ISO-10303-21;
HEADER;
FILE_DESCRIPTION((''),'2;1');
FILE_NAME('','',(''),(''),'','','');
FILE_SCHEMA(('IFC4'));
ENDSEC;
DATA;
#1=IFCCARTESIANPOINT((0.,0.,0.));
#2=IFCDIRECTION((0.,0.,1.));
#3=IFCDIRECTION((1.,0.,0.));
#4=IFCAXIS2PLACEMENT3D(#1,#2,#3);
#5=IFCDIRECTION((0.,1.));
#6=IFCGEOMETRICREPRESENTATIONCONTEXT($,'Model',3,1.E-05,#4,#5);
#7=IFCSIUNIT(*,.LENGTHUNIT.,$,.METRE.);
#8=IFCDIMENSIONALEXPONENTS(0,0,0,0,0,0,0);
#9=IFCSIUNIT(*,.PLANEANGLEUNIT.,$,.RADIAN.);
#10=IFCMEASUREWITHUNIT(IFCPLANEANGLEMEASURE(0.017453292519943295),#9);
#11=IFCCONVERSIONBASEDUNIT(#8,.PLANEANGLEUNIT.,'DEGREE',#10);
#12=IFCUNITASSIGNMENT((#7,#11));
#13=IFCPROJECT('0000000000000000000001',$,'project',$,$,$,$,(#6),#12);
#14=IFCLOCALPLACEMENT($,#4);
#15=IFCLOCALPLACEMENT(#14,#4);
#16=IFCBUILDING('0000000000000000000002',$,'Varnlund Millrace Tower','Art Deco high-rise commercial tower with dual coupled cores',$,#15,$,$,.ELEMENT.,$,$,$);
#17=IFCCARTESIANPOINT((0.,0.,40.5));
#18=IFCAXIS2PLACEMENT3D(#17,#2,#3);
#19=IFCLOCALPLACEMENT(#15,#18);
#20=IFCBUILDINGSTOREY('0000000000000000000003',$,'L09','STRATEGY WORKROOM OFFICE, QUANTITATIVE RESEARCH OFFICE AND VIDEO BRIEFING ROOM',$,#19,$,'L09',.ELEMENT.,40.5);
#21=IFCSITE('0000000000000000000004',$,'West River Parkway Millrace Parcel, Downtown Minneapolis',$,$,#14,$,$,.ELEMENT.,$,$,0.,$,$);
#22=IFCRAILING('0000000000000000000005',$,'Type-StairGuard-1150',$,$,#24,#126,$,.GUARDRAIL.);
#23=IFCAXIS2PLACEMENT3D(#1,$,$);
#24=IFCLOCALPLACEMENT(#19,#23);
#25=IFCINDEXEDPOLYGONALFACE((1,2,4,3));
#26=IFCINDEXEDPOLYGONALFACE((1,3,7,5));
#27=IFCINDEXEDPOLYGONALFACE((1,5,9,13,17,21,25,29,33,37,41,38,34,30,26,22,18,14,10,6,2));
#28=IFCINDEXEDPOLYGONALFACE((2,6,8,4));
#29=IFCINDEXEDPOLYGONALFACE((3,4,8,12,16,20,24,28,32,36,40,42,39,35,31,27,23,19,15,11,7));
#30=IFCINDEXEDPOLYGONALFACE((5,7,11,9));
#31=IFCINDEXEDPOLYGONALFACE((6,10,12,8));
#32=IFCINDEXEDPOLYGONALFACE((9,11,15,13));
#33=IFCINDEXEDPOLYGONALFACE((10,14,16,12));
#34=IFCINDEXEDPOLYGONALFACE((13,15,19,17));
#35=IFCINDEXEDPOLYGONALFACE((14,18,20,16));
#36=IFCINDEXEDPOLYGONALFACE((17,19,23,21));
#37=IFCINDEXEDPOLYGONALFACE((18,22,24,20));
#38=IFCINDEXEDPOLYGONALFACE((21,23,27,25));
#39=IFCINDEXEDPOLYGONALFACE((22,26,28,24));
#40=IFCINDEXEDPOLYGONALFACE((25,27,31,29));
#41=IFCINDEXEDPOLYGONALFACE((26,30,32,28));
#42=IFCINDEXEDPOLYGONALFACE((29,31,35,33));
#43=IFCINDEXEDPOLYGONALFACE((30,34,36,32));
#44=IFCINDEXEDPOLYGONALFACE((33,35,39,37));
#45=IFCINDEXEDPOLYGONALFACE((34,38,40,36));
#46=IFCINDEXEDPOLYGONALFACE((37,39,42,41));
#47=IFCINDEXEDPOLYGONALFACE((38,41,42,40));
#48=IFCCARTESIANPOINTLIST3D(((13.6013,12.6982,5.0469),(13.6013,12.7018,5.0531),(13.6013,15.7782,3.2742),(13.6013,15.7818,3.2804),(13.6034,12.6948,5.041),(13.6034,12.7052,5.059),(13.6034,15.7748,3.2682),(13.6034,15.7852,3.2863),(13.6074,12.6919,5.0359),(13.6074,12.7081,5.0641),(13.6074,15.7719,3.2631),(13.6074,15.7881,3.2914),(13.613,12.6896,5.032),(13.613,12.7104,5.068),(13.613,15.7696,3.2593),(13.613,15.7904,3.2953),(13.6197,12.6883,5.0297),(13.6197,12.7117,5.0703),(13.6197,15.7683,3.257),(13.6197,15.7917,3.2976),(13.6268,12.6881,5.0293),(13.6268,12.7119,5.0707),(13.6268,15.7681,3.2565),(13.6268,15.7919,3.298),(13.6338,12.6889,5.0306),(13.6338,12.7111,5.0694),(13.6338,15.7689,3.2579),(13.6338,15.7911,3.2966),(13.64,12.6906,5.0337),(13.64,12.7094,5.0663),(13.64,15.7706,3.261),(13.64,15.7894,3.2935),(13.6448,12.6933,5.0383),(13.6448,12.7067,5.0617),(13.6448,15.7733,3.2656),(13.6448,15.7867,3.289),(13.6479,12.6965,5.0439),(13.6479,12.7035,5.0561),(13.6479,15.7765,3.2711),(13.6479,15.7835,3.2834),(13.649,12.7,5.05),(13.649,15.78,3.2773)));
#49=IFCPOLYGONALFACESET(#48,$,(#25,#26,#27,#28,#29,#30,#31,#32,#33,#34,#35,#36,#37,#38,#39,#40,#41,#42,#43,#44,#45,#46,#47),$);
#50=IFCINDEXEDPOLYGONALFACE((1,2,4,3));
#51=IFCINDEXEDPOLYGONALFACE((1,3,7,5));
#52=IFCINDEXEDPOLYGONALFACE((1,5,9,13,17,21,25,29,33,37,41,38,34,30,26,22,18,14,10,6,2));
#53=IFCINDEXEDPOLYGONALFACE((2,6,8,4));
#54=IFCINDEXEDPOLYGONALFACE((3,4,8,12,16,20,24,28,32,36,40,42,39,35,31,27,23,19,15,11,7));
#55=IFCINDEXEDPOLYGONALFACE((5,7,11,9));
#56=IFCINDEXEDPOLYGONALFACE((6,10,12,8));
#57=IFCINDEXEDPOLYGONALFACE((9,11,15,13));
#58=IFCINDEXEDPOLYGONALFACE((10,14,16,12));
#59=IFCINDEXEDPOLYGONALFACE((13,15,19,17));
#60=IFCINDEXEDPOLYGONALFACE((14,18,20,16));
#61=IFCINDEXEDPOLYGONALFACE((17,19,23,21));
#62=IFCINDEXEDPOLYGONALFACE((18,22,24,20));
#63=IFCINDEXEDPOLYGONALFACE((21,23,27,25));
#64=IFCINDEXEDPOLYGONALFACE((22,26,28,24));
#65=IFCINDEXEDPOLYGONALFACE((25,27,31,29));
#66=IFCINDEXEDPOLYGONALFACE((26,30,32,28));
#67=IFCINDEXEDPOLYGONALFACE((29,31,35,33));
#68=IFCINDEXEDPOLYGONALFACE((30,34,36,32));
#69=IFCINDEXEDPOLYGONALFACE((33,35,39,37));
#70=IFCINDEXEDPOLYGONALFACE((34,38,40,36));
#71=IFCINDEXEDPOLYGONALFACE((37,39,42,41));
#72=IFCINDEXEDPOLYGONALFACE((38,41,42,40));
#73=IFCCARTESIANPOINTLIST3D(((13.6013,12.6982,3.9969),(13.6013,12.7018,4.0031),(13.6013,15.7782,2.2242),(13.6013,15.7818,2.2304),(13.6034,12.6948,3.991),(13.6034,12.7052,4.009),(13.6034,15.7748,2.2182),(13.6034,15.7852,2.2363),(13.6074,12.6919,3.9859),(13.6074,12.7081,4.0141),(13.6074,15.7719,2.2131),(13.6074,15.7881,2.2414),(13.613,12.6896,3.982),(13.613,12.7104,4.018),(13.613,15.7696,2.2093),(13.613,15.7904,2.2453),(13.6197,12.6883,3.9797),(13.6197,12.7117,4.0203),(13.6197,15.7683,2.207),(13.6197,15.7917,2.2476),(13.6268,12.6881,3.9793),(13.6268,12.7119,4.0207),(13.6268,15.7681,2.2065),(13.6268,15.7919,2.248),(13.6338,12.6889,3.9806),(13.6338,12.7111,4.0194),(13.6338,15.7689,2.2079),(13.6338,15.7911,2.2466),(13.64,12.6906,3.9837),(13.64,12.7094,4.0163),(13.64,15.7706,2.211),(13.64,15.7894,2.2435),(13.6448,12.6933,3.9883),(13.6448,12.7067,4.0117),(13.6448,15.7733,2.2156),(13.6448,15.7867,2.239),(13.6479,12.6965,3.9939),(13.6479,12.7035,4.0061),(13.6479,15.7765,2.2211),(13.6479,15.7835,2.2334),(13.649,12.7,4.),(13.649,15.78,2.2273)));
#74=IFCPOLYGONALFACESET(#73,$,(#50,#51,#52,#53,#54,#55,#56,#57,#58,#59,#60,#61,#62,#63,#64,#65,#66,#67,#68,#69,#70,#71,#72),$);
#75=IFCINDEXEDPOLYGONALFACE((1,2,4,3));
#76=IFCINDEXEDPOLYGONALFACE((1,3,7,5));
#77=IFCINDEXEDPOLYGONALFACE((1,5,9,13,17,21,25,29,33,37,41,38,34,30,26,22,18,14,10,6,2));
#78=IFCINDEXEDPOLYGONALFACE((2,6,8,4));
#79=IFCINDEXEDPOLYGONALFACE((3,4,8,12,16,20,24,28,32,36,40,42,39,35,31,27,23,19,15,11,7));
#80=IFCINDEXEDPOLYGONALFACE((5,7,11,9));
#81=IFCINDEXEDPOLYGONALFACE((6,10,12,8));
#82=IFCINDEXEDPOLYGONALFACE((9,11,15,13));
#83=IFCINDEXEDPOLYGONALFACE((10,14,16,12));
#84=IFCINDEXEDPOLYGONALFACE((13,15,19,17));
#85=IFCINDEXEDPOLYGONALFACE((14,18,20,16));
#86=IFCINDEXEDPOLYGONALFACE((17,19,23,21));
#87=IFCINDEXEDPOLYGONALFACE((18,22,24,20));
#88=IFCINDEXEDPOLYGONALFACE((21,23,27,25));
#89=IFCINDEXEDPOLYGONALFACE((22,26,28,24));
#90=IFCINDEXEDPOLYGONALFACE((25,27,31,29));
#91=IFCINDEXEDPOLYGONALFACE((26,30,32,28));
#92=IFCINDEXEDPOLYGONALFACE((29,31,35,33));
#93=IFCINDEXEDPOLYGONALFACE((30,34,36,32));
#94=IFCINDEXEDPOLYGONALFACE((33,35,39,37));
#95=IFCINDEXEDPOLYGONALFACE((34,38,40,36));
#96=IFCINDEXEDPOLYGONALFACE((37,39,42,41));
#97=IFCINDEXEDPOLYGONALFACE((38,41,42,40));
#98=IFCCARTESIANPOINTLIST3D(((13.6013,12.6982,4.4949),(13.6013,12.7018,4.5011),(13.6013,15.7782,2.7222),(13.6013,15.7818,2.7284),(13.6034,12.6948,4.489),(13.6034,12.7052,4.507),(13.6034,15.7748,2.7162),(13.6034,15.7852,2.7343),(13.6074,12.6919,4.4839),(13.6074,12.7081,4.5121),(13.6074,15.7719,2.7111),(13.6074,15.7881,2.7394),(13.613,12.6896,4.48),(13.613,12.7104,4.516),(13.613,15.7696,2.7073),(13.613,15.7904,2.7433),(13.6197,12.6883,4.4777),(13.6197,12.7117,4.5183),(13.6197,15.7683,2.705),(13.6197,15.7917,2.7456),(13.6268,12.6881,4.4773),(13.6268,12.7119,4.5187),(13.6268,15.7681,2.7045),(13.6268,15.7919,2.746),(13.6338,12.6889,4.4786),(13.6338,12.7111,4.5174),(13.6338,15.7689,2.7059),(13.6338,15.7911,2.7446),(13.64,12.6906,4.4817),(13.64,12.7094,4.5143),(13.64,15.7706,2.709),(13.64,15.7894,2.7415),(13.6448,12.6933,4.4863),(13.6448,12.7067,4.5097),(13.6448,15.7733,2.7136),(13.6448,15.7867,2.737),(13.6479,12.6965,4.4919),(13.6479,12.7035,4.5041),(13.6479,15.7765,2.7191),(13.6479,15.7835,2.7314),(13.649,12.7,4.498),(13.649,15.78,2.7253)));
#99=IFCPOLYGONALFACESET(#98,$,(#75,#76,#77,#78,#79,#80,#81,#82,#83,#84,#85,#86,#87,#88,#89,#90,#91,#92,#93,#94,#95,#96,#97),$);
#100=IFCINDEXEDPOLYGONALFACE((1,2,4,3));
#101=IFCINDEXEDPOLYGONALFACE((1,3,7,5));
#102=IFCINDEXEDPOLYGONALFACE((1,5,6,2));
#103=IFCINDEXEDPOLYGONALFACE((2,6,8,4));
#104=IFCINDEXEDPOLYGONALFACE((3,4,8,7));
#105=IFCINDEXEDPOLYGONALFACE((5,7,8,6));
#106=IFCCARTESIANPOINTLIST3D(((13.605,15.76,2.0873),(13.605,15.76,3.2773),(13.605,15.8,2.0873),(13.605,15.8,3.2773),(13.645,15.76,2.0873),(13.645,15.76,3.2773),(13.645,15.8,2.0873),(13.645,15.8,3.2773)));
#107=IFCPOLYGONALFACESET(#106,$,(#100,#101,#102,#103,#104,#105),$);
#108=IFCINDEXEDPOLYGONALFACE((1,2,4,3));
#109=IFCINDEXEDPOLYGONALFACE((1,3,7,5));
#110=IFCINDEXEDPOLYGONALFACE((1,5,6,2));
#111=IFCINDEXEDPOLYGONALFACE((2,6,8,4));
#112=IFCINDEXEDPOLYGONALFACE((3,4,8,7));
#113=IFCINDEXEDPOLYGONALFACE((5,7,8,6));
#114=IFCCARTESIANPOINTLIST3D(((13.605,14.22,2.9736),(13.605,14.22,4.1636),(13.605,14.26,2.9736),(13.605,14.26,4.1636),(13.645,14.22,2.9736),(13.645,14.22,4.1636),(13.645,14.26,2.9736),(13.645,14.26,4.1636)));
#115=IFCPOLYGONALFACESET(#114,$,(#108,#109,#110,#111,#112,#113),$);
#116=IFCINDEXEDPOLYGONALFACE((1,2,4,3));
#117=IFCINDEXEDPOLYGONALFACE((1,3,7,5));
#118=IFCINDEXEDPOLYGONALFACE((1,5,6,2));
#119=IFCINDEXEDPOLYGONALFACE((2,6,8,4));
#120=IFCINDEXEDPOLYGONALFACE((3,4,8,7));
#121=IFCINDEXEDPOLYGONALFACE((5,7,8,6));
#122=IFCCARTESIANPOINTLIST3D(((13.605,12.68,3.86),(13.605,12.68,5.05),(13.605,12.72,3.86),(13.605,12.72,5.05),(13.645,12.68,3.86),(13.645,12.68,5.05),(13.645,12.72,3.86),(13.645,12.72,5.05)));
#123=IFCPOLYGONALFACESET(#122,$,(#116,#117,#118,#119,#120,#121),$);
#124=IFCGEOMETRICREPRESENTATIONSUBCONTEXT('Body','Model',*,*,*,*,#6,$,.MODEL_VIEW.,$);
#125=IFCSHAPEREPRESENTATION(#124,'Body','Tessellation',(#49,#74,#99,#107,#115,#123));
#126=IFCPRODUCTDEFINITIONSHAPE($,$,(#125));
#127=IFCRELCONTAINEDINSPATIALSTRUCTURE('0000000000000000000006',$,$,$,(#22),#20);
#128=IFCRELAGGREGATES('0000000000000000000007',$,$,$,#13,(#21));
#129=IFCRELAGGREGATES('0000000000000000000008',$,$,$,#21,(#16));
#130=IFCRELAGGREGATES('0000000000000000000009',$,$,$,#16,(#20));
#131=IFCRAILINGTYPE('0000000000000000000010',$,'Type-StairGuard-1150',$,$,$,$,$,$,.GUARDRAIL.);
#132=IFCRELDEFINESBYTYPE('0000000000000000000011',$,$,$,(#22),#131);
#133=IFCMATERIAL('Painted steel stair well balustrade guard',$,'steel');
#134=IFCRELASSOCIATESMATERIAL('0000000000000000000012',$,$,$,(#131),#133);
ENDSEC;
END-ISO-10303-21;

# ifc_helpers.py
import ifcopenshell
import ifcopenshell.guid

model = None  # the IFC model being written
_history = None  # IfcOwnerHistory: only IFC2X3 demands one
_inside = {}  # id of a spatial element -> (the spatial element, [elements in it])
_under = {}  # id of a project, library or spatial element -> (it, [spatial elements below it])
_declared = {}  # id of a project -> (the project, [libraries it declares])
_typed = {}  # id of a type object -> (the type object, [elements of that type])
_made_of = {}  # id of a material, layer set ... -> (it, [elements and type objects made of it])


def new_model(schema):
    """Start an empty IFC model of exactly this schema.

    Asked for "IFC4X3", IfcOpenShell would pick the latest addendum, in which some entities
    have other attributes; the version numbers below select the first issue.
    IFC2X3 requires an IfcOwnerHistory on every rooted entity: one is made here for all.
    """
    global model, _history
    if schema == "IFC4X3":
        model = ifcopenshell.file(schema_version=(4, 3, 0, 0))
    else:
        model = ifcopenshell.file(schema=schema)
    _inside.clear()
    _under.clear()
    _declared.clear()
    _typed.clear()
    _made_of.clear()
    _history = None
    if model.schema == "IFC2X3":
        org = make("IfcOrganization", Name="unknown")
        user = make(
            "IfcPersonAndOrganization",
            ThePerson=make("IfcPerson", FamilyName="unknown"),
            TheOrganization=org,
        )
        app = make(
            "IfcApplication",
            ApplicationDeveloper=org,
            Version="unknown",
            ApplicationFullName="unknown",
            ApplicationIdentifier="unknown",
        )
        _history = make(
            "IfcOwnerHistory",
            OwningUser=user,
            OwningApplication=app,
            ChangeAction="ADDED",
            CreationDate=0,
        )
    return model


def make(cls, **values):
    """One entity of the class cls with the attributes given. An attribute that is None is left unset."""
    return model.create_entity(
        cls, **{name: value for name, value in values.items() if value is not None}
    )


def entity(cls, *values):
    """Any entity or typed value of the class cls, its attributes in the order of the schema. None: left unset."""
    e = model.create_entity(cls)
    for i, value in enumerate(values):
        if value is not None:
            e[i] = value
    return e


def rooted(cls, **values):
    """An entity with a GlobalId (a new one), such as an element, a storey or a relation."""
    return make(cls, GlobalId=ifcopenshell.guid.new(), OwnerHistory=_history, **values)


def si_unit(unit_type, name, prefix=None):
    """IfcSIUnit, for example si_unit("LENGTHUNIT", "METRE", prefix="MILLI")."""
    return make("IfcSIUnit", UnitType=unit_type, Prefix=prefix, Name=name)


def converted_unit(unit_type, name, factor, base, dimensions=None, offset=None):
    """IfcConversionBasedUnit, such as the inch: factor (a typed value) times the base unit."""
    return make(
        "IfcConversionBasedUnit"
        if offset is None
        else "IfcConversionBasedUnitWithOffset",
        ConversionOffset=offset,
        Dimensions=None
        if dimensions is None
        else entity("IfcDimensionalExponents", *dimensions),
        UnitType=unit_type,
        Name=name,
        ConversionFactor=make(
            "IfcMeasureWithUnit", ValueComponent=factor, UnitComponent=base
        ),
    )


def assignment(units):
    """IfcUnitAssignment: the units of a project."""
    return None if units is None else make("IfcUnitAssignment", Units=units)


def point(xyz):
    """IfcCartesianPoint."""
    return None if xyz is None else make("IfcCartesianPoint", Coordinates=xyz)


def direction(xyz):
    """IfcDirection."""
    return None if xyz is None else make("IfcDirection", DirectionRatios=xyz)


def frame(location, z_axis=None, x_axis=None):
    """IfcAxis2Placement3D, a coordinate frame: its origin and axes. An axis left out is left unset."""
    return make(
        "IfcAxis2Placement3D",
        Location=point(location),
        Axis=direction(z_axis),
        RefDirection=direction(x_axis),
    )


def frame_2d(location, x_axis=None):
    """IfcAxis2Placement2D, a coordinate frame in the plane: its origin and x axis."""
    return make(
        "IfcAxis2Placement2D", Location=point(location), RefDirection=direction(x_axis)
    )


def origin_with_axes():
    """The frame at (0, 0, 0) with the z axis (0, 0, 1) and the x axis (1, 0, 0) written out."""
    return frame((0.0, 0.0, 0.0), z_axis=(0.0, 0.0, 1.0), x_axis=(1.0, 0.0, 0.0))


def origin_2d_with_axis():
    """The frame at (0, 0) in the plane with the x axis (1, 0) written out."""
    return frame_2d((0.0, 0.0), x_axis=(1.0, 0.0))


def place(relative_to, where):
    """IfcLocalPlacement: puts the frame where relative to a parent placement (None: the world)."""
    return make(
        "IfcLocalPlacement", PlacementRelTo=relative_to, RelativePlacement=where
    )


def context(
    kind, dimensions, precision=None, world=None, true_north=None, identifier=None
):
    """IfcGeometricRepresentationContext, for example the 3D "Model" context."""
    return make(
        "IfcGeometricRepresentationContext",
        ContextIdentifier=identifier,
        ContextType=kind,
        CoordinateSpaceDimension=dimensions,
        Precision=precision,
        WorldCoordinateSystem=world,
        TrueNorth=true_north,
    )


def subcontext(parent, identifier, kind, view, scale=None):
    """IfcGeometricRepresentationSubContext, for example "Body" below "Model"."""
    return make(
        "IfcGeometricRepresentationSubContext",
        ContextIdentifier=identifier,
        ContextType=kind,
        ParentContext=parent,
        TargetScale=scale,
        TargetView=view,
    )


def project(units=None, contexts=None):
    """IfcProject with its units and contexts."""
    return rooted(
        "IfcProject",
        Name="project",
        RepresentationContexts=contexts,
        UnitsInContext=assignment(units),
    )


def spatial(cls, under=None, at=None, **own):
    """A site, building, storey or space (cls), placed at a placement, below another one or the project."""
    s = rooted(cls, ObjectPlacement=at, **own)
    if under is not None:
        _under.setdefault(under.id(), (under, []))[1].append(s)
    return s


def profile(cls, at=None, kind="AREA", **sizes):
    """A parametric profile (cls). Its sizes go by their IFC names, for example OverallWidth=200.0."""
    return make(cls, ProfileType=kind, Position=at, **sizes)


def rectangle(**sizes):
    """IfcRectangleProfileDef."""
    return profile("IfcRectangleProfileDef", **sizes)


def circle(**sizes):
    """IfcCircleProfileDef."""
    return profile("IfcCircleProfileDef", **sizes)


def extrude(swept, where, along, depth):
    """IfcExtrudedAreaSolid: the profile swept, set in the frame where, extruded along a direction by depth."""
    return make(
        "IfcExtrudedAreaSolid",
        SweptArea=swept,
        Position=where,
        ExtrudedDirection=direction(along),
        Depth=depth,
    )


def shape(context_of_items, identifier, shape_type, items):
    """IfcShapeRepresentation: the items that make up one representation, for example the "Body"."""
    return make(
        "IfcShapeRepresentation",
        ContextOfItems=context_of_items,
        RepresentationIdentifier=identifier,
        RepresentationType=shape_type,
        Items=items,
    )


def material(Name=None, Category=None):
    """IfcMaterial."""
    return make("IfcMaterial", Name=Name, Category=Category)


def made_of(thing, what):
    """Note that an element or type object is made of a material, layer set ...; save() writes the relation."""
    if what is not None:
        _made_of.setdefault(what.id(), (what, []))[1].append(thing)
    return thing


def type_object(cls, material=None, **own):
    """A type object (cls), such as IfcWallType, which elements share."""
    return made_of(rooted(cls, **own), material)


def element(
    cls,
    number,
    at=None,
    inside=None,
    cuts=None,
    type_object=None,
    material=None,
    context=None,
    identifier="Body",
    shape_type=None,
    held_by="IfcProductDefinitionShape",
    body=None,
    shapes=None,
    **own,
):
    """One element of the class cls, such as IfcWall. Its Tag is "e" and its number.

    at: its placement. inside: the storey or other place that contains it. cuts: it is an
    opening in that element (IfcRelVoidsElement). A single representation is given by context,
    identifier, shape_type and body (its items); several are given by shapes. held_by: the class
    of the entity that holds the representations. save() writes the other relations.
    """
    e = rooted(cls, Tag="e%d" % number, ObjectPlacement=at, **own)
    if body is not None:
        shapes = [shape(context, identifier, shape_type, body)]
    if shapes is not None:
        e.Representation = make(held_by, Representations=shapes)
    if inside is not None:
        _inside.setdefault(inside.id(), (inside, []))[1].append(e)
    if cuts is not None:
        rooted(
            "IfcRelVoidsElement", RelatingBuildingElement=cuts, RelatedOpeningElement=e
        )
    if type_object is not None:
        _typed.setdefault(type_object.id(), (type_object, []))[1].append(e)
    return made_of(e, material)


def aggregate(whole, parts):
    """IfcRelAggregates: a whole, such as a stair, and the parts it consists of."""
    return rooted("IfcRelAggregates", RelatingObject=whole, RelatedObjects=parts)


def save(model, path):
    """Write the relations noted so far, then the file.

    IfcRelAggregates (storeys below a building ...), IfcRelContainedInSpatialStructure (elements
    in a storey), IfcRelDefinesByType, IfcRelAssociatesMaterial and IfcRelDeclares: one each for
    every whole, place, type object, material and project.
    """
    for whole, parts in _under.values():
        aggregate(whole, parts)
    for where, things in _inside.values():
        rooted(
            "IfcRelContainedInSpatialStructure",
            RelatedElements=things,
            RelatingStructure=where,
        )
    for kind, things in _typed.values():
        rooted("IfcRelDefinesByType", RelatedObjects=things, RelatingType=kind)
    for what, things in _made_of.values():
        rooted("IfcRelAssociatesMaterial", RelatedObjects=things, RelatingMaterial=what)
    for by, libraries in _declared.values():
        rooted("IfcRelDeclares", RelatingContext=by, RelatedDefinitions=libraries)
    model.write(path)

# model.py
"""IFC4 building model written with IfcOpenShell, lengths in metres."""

from ifc_helpers import new_model, entity, si_unit, converted_unit, direction, frame, origin_with_axes, origin_2d_with_axis, place, context, subcontext, project, spatial, rectangle, circle, extrude, material, type_object, element, save


model = new_model("IFC4")

# Units and contexts
model_context = context("Model", 3, precision=1e-05, world=origin_with_axes(), true_north=direction((0.0, 1.0)))
body_context = subcontext(model_context, "Body", "Model", "MODEL_VIEW")
ifc_project = project(units=[si_unit("LENGTHUNIT", "METRE"), converted_unit("PLANEANGLEUNIT", "DEGREE", entity("IfcPlaneAngleMeasure", 0.017453292519943295), si_unit("PLANEANGLEUNIT", "RADIAN"), dimensions=[0, 0, 0, 0, 0, 0, 0])], contexts=[model_context])

# Site, building, storey
site_placement = place(None, origin_with_axes())
site = spatial("IfcSite", under=ifc_project, at=site_placement, Name="West River Parkway Millrace Parcel, Downtown Minneapolis", CompositionType="ELEMENT", RefElevation=0.0)
building_placement = place(site_placement, origin_with_axes())
building = spatial("IfcBuilding", under=site, at=building_placement, Name="Varnlund Millrace Tower", Description="Art Deco high-rise commercial tower with dual coupled cores", CompositionType="ELEMENT")
storey_placement = place(building_placement, frame((0.0, 0.0, 40.5), z_axis=(0.0, 0.0, 1.0), x_axis=(1.0, 0.0, 0.0)))
storey = spatial("IfcBuildingStorey", under=building, at=storey_placement, Name="L09", Description="STRATEGY WORKROOM OFFICE, QUANTITATIVE RESEARCH OFFICE AND VIDEO BRIEFING ROOM", LongName="L09", CompositionType="ELEMENT", Elevation=40.5)

# Railing
ifc_material_1 = material(Name="Painted steel stair well balustrade guard", Category="steel")
railing_type_1 = type_object("IfcRailingType", Name="Type-StairGuard-1150", PredefinedType="GUARDRAIL", material=ifc_material_1)
railing_1_placement = place(storey_placement, frame((0.0, 0.0, -40.5), z_axis=(0.0, 0.0, 1.0), x_axis=(1.0, 0.0, 0.0)))
element("IfcRailing", 1, at=railing_1_placement, inside=storey, type_object=railing_type_1, Name="Type-StairGuard-1150", PredefinedType="GUARDRAIL", context=body_context, shape_type="SweptSolid", body=[
    extrude(circle(Radius=0.024, at=origin_2d_with_axis()), frame((13.625, 15.78, 43.7773), z_axis=(0.0, -0.866696, 0.498836), x_axis=(1.0, 0.0, 0.0)), (0.0, 0.0, 1.0), 3.5537),
    extrude(circle(Radius=0.024, at=origin_2d_with_axis()), frame((13.625, 15.78, 42.7273), z_axis=(0.0, -0.866696, 0.498836), x_axis=(1.0, 0.0, 0.0)), (0.0, 0.0, 1.0), 3.5537),
    extrude(circle(Radius=0.024, at=origin_2d_with_axis()), frame((13.625, 15.78, 43.2253), z_axis=(0.0, -0.866696, 0.498836), x_axis=(1.0, 0.0, 0.0)), (0.0, 0.0, 1.0), 3.5537),
    extrude(rectangle(XDim=0.04, YDim=0.04, at=origin_2d_with_axis()), frame((13.625, 15.78, 42.5873), z_axis=(0.0, 0.0, 1.0), x_axis=(1.0, 0.0, 0.0)), (0.0, 0.0, 1.0), 1.19),
    extrude(rectangle(XDim=0.04, YDim=0.04, at=origin_2d_with_axis()), frame((13.625, 14.24, 43.4736), z_axis=(0.0, 0.0, 1.0), x_axis=(1.0, 0.0, 0.0)), (0.0, 0.0, 1.0), 1.19),
    extrude(rectangle(XDim=0.04, YDim=0.04, at=origin_2d_with_axis()), frame((13.625, 12.7, 44.36), z_axis=(0.0, 0.0, 1.0), x_axis=(1.0, 0.0, 0.0)), (0.0, 0.0, 1.0), 1.19),
])

save(model, "model.ifc")
